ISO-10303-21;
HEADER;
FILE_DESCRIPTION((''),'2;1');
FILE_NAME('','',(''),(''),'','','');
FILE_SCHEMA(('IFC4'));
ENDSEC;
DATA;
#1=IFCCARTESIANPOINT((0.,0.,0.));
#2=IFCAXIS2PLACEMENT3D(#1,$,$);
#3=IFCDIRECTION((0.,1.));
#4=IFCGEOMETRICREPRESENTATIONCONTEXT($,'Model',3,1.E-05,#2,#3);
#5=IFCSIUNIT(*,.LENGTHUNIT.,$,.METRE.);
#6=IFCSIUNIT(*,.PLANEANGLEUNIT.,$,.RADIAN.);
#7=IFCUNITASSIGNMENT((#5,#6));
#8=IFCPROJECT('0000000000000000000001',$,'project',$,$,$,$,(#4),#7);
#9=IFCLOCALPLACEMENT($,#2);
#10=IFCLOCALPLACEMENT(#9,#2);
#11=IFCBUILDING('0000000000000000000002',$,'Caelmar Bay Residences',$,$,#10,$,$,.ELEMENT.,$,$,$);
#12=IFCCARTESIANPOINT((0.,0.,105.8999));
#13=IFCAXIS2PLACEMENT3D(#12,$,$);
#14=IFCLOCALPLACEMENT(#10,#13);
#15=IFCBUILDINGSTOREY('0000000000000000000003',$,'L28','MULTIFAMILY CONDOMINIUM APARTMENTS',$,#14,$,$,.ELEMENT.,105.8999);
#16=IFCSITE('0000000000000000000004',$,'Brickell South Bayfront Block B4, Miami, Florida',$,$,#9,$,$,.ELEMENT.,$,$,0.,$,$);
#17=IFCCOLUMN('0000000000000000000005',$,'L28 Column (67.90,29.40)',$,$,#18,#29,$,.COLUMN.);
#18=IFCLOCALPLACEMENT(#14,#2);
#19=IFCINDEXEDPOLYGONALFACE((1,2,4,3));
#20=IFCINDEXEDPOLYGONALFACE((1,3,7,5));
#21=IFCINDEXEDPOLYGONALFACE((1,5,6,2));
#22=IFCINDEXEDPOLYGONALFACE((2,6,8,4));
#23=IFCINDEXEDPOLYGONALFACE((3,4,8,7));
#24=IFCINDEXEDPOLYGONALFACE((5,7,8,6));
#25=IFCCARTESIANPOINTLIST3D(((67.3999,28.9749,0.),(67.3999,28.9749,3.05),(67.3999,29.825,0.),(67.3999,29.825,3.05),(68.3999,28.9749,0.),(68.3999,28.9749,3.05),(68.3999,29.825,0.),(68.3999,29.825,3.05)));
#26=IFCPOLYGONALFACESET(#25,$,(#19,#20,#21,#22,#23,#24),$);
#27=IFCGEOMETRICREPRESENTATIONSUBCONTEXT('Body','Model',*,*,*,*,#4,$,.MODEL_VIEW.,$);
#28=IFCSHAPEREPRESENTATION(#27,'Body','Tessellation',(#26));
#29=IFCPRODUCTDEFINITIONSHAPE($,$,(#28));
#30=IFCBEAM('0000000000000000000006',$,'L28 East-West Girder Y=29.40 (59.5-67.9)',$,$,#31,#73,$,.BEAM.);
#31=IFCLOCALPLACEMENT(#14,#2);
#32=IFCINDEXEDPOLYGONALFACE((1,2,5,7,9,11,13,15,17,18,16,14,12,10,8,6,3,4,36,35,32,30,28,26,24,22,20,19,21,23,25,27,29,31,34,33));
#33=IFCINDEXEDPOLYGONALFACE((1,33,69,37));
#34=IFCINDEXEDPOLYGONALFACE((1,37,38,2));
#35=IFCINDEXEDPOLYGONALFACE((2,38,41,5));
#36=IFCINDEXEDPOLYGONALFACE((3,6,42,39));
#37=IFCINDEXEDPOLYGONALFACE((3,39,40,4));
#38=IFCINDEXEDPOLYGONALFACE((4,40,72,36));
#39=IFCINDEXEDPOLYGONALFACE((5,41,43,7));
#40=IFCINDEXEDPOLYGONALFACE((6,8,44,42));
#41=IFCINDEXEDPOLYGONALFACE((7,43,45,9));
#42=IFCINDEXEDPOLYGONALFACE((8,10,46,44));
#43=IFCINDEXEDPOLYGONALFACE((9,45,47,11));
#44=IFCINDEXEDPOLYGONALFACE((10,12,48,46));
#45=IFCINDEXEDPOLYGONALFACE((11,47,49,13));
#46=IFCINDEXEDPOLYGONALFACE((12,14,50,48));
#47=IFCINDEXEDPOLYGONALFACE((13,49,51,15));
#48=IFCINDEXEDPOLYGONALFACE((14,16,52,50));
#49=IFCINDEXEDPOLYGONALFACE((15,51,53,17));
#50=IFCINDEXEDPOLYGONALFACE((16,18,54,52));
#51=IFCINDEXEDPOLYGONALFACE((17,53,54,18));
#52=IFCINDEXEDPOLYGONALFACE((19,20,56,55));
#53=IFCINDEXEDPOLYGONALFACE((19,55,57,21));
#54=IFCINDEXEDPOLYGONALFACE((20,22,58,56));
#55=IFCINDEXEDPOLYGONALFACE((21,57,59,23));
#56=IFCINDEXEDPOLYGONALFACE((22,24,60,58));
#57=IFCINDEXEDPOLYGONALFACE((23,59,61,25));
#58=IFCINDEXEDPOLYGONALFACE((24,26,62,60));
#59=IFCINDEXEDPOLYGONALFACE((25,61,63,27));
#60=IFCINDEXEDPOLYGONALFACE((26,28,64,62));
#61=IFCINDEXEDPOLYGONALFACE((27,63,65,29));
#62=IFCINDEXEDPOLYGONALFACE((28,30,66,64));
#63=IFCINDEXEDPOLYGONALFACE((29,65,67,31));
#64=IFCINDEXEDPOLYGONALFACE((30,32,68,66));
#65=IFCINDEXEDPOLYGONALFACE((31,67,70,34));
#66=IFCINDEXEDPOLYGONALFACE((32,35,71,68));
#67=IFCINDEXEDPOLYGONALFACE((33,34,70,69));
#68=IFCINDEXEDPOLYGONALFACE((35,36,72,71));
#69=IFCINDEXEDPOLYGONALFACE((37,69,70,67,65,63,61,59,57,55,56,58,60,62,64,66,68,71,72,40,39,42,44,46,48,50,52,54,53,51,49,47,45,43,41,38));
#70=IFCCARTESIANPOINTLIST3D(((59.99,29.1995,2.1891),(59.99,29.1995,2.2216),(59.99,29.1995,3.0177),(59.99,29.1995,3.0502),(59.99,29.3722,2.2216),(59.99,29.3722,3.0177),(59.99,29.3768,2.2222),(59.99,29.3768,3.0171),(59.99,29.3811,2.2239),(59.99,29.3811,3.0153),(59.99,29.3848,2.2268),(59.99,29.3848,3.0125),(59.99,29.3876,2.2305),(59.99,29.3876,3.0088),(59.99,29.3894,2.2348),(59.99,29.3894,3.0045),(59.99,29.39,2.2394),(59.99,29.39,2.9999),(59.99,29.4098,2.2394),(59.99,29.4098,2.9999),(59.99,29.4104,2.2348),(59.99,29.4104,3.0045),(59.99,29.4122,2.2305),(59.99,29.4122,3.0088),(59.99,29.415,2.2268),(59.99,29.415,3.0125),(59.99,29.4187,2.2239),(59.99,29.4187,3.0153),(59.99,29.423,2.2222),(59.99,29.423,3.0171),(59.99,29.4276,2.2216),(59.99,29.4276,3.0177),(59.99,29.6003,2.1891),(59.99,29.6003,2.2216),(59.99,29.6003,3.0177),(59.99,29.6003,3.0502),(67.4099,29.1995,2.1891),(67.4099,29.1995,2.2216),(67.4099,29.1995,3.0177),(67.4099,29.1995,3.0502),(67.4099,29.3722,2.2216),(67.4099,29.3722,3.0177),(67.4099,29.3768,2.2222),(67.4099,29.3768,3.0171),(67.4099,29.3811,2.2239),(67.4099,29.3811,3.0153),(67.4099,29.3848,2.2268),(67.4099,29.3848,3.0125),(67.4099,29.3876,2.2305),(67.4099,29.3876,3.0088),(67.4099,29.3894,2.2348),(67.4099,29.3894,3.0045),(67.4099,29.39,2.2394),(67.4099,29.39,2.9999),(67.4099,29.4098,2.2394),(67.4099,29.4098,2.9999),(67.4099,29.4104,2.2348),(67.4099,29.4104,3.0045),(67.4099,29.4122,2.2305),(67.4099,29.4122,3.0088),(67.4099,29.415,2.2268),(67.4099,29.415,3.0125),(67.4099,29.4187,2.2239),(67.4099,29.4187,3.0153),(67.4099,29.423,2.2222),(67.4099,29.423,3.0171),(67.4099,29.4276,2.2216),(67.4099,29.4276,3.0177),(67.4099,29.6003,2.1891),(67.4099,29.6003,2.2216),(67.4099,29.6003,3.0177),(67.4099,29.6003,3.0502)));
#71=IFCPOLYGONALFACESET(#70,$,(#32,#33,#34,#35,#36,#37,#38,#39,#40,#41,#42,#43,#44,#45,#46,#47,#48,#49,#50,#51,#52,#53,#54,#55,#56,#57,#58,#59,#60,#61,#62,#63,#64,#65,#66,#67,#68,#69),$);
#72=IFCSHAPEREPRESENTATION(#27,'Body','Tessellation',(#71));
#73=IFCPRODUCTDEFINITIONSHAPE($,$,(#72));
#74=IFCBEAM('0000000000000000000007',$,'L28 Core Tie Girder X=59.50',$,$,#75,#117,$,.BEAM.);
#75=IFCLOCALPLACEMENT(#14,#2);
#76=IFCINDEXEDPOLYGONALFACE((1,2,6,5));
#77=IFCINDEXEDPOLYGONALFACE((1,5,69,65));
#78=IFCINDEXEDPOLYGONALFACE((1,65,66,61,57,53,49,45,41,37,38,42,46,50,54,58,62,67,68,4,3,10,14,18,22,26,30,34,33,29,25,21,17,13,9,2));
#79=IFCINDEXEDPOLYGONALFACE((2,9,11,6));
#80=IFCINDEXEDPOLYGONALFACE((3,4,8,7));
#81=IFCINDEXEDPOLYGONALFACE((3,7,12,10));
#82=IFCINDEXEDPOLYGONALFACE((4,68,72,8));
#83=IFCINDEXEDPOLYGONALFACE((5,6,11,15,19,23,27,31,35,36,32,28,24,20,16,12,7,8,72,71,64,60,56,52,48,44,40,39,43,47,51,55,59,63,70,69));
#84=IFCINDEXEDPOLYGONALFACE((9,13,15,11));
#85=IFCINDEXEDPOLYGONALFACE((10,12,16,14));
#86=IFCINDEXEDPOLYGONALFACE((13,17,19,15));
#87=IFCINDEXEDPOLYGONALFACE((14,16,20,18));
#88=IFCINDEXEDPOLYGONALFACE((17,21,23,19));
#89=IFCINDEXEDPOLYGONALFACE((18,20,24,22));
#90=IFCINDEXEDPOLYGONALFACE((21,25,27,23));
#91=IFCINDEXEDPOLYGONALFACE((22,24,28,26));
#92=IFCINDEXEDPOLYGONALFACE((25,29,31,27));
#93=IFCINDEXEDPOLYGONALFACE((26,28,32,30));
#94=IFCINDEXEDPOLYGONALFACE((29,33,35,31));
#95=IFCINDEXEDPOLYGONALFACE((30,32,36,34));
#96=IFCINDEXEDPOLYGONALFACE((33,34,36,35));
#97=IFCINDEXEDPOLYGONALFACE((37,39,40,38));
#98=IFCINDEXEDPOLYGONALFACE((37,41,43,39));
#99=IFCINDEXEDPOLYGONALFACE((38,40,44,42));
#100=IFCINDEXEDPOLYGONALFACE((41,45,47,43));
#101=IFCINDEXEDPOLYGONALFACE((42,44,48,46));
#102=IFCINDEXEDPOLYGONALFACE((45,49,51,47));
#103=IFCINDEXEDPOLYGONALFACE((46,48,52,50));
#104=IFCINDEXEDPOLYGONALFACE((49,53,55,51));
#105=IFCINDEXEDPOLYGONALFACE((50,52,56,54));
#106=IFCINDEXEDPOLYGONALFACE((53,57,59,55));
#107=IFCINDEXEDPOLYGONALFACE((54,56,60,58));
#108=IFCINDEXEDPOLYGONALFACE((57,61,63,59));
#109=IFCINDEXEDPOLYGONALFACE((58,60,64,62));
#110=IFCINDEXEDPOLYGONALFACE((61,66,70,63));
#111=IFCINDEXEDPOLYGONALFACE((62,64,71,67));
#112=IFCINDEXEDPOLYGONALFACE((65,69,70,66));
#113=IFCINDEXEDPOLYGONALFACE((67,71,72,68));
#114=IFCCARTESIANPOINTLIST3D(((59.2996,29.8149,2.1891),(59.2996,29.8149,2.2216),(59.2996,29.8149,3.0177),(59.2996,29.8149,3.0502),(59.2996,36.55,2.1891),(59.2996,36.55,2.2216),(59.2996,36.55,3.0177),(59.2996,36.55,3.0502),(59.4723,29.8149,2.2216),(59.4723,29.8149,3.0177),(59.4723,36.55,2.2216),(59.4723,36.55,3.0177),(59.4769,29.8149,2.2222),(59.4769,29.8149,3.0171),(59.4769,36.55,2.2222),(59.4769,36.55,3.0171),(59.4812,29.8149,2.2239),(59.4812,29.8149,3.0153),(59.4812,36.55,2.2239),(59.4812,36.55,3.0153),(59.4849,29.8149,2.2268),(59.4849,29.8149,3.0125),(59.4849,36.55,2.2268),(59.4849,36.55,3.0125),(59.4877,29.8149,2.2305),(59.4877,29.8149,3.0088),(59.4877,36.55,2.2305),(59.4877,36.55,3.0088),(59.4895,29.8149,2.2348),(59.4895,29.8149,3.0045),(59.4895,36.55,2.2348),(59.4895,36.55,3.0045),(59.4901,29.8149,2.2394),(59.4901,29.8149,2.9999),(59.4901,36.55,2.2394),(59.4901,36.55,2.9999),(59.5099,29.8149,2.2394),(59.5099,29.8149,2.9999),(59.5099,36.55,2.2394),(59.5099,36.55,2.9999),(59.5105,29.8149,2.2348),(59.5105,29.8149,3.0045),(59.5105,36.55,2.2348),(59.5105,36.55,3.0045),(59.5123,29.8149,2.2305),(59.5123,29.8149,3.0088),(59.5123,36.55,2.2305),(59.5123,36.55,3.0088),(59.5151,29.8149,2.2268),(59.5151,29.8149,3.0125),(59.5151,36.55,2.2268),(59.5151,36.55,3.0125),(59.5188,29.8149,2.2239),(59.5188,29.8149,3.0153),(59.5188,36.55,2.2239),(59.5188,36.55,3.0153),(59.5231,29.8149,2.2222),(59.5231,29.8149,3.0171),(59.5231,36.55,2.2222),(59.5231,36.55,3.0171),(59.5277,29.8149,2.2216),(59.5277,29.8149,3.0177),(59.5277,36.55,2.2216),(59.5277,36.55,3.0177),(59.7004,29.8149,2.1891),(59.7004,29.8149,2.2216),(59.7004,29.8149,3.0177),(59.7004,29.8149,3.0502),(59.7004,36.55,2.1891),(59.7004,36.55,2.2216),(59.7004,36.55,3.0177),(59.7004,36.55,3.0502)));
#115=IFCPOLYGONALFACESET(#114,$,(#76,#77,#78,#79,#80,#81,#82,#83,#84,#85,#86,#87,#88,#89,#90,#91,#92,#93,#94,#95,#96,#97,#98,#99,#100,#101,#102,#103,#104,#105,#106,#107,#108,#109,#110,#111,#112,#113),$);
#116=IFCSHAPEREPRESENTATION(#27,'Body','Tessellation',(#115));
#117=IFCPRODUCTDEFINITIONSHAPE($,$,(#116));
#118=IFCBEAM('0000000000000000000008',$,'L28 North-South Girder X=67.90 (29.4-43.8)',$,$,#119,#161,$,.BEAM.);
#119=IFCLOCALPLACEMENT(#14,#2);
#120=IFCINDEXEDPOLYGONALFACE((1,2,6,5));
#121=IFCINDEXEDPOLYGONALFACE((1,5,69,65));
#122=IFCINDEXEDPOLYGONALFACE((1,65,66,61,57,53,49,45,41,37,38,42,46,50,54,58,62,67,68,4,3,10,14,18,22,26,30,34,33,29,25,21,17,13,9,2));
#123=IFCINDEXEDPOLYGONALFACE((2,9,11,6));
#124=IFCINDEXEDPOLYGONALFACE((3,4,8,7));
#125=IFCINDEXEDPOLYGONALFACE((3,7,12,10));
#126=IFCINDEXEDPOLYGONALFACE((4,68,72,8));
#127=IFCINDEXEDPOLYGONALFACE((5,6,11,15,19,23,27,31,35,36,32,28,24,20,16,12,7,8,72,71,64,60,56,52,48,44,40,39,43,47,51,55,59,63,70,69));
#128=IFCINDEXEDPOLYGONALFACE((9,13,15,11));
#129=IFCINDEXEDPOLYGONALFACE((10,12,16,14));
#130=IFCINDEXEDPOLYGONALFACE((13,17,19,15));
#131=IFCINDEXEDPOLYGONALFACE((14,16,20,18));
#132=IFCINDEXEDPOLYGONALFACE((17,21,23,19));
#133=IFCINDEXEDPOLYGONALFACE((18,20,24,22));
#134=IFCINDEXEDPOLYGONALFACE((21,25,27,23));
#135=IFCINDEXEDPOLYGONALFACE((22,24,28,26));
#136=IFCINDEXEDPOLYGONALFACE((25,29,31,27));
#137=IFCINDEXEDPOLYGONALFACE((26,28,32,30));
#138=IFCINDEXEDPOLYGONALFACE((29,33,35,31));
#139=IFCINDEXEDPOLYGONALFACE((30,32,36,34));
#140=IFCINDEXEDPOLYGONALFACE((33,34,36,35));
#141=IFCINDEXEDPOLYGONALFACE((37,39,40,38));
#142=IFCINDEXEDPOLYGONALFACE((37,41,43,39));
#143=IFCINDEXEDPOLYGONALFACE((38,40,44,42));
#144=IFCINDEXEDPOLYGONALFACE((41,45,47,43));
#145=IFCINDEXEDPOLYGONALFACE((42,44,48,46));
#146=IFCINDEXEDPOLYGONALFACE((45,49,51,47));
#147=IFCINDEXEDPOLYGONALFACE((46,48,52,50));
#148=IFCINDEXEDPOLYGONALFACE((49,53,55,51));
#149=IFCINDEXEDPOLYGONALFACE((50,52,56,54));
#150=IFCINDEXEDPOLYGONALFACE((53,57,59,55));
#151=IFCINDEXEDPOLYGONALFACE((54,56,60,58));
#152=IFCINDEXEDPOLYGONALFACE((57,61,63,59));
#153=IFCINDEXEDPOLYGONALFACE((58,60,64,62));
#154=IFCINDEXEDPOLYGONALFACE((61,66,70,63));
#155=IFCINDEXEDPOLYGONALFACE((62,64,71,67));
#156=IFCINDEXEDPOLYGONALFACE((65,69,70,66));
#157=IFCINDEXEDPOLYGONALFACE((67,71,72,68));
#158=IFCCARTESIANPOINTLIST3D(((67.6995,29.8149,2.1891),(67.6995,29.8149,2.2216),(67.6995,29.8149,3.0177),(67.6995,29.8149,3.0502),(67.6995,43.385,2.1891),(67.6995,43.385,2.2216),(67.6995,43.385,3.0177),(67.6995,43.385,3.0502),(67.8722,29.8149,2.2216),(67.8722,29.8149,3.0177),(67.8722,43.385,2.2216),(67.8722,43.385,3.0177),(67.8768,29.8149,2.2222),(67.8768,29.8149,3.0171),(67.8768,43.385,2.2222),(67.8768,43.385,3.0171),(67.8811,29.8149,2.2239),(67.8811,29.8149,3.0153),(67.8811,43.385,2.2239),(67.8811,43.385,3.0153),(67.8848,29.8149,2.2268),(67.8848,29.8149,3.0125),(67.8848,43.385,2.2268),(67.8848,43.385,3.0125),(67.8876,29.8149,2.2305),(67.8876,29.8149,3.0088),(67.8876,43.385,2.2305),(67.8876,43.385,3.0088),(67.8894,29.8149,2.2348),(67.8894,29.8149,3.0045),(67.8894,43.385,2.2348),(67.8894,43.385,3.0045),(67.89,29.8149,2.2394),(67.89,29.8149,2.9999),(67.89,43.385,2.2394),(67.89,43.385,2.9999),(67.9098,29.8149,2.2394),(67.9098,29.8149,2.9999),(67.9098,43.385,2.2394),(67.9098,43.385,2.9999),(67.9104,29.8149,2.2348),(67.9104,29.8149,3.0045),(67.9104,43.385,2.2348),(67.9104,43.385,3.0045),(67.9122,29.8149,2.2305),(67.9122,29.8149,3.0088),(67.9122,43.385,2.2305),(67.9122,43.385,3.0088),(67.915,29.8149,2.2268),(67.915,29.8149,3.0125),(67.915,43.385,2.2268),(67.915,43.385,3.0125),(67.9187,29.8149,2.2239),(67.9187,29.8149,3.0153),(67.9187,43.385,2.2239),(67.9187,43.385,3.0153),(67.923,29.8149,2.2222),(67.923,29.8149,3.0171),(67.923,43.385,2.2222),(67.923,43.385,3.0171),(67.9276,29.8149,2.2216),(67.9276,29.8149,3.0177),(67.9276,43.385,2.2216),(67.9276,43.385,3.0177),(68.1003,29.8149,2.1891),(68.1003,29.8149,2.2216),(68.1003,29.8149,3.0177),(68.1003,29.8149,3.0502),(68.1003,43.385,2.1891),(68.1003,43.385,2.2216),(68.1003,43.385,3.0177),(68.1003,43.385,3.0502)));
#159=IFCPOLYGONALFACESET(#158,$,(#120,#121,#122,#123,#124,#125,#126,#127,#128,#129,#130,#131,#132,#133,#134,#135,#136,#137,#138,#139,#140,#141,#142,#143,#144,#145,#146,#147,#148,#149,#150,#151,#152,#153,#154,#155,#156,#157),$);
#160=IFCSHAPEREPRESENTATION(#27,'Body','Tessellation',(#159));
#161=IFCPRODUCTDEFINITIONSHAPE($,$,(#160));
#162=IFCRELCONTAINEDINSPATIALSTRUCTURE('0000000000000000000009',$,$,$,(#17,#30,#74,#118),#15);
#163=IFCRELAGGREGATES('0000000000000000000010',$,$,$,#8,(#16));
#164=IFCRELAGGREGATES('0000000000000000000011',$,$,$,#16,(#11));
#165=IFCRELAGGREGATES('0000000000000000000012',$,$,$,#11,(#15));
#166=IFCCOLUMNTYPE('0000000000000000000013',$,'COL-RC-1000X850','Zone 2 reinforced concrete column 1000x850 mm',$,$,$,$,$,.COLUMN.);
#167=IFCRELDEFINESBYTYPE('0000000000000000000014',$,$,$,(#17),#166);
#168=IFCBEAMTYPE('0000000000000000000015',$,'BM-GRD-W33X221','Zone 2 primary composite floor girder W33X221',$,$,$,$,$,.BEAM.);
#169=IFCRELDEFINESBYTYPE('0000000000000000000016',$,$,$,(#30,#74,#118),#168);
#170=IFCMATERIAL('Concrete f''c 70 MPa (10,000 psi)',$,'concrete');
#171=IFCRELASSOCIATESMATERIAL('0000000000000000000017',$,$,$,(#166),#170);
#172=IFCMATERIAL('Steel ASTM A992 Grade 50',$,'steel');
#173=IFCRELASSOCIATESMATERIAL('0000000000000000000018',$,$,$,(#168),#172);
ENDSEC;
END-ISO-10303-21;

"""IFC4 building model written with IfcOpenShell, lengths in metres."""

from ifc_helpers import new_model, si_unit, direction, frame, origin, origin_2d, place, context, subcontext, project, spatial, rectangle, i_section, extrude, material, material_profile, profile_set, type_object, element, save


model = new_model("IFC4")

# Units and contexts
model_context = context("Model", 3, precision=1e-05, world=origin(), true_north=direction((0.0, 1.0)))
body_context = subcontext(model_context, "Body", "Model", "MODEL_VIEW")
ifc_project = project(units=[si_unit("LENGTHUNIT", "METRE"), si_unit("PLANEANGLEUNIT", "RADIAN")], contexts=[model_context])

# Site, building, storey
site_placement = place(None, origin())
site = spatial("IfcSite", under=ifc_project, at=site_placement, Name="Brickell South Bayfront Block B4, Miami, Florida", CompositionType="ELEMENT", RefElevation=0.0)
building_placement = place(site_placement, origin())
building = spatial("IfcBuilding", under=site, at=building_placement, Name="Caelmar Bay Residences", CompositionType="ELEMENT")
storey_placement = place(building_placement, frame((0.0, 0.0, 105.8999)))
storey = spatial("IfcBuildingStorey", under=building, at=storey_placement, Name="L28", Description="MULTIFAMILY CONDOMINIUM APARTMENTS", CompositionType="ELEMENT", Elevation=105.8999)

# Column
ifc_material_1 = material(Name="Concrete f'c 70 MPa (10,000 psi)", Category="concrete")
ifc_material_profile_1 = material_profile(ifc_material_1, rectangle(XDim=1.0, YDim=0.8501, at=origin_2d()), Name="RC-COL-1000X850")
ifc_profile_set_1 = profile_set([ifc_material_profile_1], Name="Concrete f'c 70 MPa (10,000 psi)")
column_type = type_object("IfcColumnType", Name="COL-RC-1000X850", Description="Zone 2 reinforced concrete column 1000x850 mm", PredefinedType="COLUMN", material=ifc_profile_set_1)
column_placement = place(storey_placement, frame((67.8999, 29.3999, 0.0), z_axis=(0.0, 0.0, 1.0), x_axis=(1.0, 0.0, 0.0)))
element("IfcColumn", 1, at=column_placement, inside=storey, type_object=column_type, Name="L28 Column (67.90,29.40)", PredefinedType="COLUMN", context=body_context, shape_type="SweptSolid", body=[
    extrude(rectangle(XDim=1.0, YDim=0.8501, at=origin_2d()), origin(), (0.0, 0.0, 1.0), 3.05),
])

# Beams
ifc_material_2 = material(Name="Steel ASTM A992 Grade 50", Category="steel")
ifc_material_profile_2 = material_profile(ifc_material_2, i_section(OverallWidth=0.4009, OverallDepth=0.8611, WebThickness=0.0198, FlangeThickness=0.0325, FilletRadius=0.0178, at=origin_2d()), Name="W33X221")
ifc_profile_set_2 = profile_set([ifc_material_profile_2], Name="Steel ASTM A992 Grade 50")
beam_type_1 = type_object("IfcBeamType", Name="BM-GRD-W33X221", Description="Zone 2 primary composite floor girder W33X221", PredefinedType="BEAM", material=ifc_profile_set_2)
beam_1_placement = place(storey_placement, frame((59.99, 29.3999, 2.6196), z_axis=(1.0, 0.0, 0.0), x_axis=(0.0, 1.0, 0.0)))
element("IfcBeam", 2, at=beam_1_placement, inside=storey, type_object=beam_type_1, Name="L28 East-West Girder Y=29.40 (59.5-67.9)", PredefinedType="BEAM", context=body_context, shape_type="SweptSolid", body=[
    extrude(i_section(OverallWidth=0.4009, OverallDepth=0.8611, WebThickness=0.0198, FlangeThickness=0.0325, FilletRadius=0.0178, at=origin_2d()), origin(), (0.0, 0.0, 1.0), 7.4199),
])
beam_2_placement = place(storey_placement, frame((59.5, 29.8149, 2.6196), z_axis=(0.0, 1.0, 0.0), x_axis=(-1.0, 0.0, 0.0)))
element("IfcBeam", 3, at=beam_2_placement, inside=storey, type_object=beam_type_1, Name="L28 Core Tie Girder X=59.50", PredefinedType="BEAM", context=body_context, shape_type="SweptSolid", body=[
    extrude(i_section(OverallWidth=0.4009, OverallDepth=0.8611, WebThickness=0.0198, FlangeThickness=0.0325, FilletRadius=0.0178, at=origin_2d()), origin(), (0.0, 0.0, 1.0), 6.7351),
])
beam_3_placement = place(storey_placement, frame((67.8999, 29.8149, 2.6196), z_axis=(0.0, 1.0, 0.0), x_axis=(-1.0, 0.0, 0.0)))
element("IfcBeam", 4, at=beam_3_placement, inside=storey, type_object=beam_type_1, Name="L28 North-South Girder X=67.90 (29.4-43.8)", PredefinedType="BEAM", context=body_context, shape_type="SweptSolid", body=[
    extrude(i_section(OverallWidth=0.4009, OverallDepth=0.8611, WebThickness=0.0198, FlangeThickness=0.0325, FilletRadius=0.0178, at=origin_2d()), origin(), (0.0, 0.0, 1.0), 13.5701),
])

save(model, "model.ifc")
